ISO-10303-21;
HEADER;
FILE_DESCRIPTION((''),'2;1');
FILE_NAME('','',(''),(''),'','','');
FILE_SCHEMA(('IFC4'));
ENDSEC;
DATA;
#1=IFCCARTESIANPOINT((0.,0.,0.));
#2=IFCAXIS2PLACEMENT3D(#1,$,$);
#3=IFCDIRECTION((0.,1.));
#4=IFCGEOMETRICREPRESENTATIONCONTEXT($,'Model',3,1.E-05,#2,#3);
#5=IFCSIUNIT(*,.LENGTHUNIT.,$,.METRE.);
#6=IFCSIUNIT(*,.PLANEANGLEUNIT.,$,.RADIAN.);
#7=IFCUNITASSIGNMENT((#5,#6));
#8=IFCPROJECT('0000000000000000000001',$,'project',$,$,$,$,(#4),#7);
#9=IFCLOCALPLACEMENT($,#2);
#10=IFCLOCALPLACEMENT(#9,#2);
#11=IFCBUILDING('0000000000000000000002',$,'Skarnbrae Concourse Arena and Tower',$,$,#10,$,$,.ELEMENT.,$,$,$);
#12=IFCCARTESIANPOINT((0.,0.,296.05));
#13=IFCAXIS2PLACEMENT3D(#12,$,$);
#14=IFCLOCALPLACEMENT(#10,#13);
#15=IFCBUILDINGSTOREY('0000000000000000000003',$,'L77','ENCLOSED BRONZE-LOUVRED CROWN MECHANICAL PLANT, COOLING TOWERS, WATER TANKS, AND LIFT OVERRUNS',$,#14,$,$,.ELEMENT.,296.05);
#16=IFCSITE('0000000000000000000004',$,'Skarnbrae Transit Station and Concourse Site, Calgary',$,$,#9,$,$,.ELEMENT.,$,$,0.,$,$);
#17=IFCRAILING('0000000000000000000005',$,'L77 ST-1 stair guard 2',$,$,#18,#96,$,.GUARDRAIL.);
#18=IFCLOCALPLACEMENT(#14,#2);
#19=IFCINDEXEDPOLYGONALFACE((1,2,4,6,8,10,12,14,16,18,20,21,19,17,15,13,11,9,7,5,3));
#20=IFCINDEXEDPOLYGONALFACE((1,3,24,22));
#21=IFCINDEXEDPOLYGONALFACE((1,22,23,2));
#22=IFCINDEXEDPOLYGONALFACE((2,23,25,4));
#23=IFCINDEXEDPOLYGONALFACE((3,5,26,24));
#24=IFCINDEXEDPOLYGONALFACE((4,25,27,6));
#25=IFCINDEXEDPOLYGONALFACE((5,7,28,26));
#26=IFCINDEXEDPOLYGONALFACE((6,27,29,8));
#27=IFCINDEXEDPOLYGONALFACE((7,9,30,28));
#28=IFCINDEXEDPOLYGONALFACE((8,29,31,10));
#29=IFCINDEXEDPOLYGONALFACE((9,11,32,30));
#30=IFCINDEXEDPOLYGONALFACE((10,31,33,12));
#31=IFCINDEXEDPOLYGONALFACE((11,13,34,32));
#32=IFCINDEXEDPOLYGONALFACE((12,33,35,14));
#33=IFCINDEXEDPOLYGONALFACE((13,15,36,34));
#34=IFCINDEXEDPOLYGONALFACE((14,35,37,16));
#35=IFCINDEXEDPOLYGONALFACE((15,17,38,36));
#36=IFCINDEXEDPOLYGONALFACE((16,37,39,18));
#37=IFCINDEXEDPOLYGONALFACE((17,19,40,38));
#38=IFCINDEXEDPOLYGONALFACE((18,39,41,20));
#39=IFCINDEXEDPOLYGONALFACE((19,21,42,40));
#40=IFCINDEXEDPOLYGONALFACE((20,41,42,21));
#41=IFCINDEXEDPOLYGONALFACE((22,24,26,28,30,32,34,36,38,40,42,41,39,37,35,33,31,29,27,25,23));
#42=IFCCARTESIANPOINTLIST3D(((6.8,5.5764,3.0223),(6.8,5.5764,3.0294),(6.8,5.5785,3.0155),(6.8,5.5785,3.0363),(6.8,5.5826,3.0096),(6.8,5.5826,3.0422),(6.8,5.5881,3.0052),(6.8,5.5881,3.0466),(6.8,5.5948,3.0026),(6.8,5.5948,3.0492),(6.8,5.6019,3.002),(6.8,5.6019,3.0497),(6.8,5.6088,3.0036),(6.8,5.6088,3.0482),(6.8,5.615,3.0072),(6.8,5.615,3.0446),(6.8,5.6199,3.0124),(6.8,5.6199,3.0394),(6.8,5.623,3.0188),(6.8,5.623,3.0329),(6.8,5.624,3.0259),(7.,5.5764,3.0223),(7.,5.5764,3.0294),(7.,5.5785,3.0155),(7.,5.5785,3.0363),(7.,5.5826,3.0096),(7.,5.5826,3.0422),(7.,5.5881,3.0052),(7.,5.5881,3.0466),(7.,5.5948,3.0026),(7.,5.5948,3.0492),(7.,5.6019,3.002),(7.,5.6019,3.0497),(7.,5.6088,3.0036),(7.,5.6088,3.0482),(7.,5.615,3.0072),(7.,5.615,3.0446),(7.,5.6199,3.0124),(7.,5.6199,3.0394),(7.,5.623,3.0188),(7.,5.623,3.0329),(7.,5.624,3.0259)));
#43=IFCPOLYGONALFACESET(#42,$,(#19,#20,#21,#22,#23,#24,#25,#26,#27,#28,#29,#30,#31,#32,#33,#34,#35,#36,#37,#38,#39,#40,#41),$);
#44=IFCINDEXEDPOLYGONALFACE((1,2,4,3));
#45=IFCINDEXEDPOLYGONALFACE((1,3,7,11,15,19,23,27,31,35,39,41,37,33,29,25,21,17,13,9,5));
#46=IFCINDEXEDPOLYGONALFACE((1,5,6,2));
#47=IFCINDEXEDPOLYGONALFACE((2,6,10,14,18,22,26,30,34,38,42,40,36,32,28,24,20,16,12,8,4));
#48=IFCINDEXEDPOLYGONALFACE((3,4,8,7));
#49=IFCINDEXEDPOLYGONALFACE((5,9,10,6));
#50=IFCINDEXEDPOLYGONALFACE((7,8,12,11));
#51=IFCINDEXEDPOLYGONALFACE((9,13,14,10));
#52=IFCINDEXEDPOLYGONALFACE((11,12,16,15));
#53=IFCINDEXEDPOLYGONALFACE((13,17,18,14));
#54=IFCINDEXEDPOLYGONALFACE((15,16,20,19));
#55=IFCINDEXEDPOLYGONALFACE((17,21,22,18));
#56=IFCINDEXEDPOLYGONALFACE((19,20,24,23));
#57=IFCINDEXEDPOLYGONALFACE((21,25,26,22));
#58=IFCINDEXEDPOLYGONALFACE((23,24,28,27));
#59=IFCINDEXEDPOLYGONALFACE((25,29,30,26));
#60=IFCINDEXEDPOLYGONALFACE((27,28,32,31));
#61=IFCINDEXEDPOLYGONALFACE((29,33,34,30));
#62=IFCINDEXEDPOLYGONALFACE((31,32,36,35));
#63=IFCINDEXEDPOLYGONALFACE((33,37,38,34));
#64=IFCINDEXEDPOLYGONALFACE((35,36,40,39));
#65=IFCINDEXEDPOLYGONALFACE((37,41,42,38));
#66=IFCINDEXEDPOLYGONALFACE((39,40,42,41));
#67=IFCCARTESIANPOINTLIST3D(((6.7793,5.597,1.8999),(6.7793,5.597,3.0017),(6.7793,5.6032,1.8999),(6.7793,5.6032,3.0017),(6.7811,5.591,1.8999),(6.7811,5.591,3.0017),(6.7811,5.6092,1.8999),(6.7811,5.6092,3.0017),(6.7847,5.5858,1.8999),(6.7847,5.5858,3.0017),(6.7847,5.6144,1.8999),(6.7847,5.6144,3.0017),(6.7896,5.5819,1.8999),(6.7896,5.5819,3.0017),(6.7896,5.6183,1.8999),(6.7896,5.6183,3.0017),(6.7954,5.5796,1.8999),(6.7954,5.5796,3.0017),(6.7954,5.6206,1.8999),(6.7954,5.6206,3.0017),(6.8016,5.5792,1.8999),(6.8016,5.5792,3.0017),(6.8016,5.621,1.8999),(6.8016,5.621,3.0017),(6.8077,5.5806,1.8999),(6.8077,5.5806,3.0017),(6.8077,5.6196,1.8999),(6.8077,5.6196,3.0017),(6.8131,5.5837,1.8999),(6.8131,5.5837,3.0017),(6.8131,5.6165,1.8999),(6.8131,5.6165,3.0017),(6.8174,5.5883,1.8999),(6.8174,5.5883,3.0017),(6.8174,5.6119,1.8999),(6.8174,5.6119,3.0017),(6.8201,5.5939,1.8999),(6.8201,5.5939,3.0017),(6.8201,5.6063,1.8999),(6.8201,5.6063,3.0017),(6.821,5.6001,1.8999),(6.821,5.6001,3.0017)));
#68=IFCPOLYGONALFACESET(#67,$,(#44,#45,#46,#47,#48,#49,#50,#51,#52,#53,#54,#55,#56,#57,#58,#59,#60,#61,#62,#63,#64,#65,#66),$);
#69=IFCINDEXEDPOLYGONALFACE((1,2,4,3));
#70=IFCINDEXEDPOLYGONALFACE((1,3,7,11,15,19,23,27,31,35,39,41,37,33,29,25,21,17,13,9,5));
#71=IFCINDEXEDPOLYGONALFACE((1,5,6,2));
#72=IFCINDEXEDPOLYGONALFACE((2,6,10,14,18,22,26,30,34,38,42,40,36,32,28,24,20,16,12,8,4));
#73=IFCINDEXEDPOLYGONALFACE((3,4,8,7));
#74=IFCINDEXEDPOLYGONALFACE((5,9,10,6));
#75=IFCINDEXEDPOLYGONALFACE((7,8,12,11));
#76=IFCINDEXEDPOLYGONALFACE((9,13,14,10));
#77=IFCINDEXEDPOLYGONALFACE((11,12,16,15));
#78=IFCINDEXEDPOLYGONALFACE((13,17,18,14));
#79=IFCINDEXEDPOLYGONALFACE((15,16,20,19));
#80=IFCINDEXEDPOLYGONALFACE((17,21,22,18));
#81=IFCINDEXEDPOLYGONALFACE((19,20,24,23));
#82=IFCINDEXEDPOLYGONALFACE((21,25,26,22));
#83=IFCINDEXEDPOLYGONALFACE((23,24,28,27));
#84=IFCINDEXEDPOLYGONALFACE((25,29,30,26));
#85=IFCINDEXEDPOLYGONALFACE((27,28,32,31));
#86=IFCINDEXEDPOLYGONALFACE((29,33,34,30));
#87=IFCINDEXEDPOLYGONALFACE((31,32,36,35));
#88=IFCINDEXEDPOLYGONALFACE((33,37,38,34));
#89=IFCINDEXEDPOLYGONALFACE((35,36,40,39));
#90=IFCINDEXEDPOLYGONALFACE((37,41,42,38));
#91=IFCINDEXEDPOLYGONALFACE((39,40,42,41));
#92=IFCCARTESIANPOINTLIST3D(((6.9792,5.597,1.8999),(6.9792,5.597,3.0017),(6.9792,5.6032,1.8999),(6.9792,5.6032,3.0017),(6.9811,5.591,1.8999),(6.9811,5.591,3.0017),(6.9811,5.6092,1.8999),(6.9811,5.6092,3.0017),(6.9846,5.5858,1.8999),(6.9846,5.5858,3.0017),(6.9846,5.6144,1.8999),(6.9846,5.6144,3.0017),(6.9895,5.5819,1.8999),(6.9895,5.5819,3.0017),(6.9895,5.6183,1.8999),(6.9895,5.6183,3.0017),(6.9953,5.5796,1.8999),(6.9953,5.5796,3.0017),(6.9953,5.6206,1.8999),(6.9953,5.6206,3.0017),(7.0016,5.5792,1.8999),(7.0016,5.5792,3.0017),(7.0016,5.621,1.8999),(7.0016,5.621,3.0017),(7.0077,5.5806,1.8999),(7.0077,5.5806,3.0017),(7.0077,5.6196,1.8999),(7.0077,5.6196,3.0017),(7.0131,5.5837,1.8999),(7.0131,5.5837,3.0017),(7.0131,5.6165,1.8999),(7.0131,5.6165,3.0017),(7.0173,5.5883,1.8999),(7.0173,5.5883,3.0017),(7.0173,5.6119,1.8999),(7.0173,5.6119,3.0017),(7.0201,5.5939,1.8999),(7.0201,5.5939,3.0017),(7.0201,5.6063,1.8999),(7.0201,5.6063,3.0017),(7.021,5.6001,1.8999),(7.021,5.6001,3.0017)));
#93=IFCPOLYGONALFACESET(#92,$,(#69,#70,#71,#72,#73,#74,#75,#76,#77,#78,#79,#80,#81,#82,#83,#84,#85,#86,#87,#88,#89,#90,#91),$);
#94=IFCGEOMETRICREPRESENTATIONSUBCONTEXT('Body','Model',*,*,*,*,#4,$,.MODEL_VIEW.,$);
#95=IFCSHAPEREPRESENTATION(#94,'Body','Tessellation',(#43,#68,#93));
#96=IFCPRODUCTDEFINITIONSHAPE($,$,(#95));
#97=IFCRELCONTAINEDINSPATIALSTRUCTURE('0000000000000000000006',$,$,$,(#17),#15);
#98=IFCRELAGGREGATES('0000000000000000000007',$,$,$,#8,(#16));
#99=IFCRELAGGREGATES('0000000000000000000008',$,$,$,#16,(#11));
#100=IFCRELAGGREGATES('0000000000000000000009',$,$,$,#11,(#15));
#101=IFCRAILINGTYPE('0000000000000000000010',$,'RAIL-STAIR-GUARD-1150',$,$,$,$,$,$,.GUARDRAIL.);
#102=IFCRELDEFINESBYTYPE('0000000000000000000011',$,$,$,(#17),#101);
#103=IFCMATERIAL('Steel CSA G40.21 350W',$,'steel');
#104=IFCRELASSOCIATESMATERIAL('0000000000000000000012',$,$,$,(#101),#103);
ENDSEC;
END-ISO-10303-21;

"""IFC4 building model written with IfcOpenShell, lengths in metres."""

from ifc_helpers import new_model, si_unit, direction, frame, origin, origin_2d, place, context, subcontext, project, spatial, circle, extrude, material, type_object, element, save


model = new_model("IFC4")

# Units and contexts
model_context = context("Model", 3, precision=1e-05, world=origin(), true_north=direction((0.0, 1.0)))
body_context = subcontext(model_context, "Body", "Model", "MODEL_VIEW")
ifc_project = project(units=[si_unit("LENGTHUNIT", "METRE"), si_unit("PLANEANGLEUNIT", "RADIAN")], contexts=[model_context])

# Site, building, storey
site_placement = place(None, origin())
site = spatial("IfcSite", under=ifc_project, at=site_placement, Name="Skarnbrae Transit Station and Concourse Site, Calgary", CompositionType="ELEMENT", RefElevation=0.0)
building_placement = place(site_placement, origin())
building = spatial("IfcBuilding", under=site, at=building_placement, Name="Skarnbrae Concourse Arena and Tower", CompositionType="ELEMENT")
storey_placement = place(building_placement, frame((0.0, 0.0, 296.05)))
storey = spatial("IfcBuildingStorey", under=building, at=storey_placement, Name="L77", Description="ENCLOSED BRONZE-LOUVRED CROWN MECHANICAL PLANT, COOLING TOWERS, WATER TANKS, AND LIFT OVERRUNS", CompositionType="ELEMENT", Elevation=296.05)

# Shared definitions
ifc_material_1 = material(Name="Steel CSA G40.21 350W", Category="steel")

# Railing
railing_type_1 = type_object("IfcRailingType", Name="RAIL-STAIR-GUARD-1150", PredefinedType="GUARDRAIL", material=ifc_material_1)
railing_1_placement = place(storey_placement, frame((6.8, 5.6001, 1.8999)))
element("IfcRailing", 1, at=railing_1_placement, inside=storey, type_object=railing_type_1, Name="L77 ST-1 stair guard 2", PredefinedType="GUARDRAIL", context=body_context, shape_type="SweptSolid", body=[
    extrude(circle(Radius=0.0239, at=origin_2d()), frame((0.0, 0.0, 1.126), z_axis=(1.0, 0.0, 0.0), x_axis=(0.0, 1.0, 0.0)), (0.0, 0.0, 1.0), 0.2),
    extrude(circle(Radius=0.021, at=origin_2d()), origin(), (0.0, 0.0, 1.0), 1.1018),
    extrude(circle(Radius=0.021, at=origin_2d()), frame((0.2, 0.0, 0.0)), (0.0, 0.0, 1.0), 1.1018),
])

save(model, "model.ifc")
